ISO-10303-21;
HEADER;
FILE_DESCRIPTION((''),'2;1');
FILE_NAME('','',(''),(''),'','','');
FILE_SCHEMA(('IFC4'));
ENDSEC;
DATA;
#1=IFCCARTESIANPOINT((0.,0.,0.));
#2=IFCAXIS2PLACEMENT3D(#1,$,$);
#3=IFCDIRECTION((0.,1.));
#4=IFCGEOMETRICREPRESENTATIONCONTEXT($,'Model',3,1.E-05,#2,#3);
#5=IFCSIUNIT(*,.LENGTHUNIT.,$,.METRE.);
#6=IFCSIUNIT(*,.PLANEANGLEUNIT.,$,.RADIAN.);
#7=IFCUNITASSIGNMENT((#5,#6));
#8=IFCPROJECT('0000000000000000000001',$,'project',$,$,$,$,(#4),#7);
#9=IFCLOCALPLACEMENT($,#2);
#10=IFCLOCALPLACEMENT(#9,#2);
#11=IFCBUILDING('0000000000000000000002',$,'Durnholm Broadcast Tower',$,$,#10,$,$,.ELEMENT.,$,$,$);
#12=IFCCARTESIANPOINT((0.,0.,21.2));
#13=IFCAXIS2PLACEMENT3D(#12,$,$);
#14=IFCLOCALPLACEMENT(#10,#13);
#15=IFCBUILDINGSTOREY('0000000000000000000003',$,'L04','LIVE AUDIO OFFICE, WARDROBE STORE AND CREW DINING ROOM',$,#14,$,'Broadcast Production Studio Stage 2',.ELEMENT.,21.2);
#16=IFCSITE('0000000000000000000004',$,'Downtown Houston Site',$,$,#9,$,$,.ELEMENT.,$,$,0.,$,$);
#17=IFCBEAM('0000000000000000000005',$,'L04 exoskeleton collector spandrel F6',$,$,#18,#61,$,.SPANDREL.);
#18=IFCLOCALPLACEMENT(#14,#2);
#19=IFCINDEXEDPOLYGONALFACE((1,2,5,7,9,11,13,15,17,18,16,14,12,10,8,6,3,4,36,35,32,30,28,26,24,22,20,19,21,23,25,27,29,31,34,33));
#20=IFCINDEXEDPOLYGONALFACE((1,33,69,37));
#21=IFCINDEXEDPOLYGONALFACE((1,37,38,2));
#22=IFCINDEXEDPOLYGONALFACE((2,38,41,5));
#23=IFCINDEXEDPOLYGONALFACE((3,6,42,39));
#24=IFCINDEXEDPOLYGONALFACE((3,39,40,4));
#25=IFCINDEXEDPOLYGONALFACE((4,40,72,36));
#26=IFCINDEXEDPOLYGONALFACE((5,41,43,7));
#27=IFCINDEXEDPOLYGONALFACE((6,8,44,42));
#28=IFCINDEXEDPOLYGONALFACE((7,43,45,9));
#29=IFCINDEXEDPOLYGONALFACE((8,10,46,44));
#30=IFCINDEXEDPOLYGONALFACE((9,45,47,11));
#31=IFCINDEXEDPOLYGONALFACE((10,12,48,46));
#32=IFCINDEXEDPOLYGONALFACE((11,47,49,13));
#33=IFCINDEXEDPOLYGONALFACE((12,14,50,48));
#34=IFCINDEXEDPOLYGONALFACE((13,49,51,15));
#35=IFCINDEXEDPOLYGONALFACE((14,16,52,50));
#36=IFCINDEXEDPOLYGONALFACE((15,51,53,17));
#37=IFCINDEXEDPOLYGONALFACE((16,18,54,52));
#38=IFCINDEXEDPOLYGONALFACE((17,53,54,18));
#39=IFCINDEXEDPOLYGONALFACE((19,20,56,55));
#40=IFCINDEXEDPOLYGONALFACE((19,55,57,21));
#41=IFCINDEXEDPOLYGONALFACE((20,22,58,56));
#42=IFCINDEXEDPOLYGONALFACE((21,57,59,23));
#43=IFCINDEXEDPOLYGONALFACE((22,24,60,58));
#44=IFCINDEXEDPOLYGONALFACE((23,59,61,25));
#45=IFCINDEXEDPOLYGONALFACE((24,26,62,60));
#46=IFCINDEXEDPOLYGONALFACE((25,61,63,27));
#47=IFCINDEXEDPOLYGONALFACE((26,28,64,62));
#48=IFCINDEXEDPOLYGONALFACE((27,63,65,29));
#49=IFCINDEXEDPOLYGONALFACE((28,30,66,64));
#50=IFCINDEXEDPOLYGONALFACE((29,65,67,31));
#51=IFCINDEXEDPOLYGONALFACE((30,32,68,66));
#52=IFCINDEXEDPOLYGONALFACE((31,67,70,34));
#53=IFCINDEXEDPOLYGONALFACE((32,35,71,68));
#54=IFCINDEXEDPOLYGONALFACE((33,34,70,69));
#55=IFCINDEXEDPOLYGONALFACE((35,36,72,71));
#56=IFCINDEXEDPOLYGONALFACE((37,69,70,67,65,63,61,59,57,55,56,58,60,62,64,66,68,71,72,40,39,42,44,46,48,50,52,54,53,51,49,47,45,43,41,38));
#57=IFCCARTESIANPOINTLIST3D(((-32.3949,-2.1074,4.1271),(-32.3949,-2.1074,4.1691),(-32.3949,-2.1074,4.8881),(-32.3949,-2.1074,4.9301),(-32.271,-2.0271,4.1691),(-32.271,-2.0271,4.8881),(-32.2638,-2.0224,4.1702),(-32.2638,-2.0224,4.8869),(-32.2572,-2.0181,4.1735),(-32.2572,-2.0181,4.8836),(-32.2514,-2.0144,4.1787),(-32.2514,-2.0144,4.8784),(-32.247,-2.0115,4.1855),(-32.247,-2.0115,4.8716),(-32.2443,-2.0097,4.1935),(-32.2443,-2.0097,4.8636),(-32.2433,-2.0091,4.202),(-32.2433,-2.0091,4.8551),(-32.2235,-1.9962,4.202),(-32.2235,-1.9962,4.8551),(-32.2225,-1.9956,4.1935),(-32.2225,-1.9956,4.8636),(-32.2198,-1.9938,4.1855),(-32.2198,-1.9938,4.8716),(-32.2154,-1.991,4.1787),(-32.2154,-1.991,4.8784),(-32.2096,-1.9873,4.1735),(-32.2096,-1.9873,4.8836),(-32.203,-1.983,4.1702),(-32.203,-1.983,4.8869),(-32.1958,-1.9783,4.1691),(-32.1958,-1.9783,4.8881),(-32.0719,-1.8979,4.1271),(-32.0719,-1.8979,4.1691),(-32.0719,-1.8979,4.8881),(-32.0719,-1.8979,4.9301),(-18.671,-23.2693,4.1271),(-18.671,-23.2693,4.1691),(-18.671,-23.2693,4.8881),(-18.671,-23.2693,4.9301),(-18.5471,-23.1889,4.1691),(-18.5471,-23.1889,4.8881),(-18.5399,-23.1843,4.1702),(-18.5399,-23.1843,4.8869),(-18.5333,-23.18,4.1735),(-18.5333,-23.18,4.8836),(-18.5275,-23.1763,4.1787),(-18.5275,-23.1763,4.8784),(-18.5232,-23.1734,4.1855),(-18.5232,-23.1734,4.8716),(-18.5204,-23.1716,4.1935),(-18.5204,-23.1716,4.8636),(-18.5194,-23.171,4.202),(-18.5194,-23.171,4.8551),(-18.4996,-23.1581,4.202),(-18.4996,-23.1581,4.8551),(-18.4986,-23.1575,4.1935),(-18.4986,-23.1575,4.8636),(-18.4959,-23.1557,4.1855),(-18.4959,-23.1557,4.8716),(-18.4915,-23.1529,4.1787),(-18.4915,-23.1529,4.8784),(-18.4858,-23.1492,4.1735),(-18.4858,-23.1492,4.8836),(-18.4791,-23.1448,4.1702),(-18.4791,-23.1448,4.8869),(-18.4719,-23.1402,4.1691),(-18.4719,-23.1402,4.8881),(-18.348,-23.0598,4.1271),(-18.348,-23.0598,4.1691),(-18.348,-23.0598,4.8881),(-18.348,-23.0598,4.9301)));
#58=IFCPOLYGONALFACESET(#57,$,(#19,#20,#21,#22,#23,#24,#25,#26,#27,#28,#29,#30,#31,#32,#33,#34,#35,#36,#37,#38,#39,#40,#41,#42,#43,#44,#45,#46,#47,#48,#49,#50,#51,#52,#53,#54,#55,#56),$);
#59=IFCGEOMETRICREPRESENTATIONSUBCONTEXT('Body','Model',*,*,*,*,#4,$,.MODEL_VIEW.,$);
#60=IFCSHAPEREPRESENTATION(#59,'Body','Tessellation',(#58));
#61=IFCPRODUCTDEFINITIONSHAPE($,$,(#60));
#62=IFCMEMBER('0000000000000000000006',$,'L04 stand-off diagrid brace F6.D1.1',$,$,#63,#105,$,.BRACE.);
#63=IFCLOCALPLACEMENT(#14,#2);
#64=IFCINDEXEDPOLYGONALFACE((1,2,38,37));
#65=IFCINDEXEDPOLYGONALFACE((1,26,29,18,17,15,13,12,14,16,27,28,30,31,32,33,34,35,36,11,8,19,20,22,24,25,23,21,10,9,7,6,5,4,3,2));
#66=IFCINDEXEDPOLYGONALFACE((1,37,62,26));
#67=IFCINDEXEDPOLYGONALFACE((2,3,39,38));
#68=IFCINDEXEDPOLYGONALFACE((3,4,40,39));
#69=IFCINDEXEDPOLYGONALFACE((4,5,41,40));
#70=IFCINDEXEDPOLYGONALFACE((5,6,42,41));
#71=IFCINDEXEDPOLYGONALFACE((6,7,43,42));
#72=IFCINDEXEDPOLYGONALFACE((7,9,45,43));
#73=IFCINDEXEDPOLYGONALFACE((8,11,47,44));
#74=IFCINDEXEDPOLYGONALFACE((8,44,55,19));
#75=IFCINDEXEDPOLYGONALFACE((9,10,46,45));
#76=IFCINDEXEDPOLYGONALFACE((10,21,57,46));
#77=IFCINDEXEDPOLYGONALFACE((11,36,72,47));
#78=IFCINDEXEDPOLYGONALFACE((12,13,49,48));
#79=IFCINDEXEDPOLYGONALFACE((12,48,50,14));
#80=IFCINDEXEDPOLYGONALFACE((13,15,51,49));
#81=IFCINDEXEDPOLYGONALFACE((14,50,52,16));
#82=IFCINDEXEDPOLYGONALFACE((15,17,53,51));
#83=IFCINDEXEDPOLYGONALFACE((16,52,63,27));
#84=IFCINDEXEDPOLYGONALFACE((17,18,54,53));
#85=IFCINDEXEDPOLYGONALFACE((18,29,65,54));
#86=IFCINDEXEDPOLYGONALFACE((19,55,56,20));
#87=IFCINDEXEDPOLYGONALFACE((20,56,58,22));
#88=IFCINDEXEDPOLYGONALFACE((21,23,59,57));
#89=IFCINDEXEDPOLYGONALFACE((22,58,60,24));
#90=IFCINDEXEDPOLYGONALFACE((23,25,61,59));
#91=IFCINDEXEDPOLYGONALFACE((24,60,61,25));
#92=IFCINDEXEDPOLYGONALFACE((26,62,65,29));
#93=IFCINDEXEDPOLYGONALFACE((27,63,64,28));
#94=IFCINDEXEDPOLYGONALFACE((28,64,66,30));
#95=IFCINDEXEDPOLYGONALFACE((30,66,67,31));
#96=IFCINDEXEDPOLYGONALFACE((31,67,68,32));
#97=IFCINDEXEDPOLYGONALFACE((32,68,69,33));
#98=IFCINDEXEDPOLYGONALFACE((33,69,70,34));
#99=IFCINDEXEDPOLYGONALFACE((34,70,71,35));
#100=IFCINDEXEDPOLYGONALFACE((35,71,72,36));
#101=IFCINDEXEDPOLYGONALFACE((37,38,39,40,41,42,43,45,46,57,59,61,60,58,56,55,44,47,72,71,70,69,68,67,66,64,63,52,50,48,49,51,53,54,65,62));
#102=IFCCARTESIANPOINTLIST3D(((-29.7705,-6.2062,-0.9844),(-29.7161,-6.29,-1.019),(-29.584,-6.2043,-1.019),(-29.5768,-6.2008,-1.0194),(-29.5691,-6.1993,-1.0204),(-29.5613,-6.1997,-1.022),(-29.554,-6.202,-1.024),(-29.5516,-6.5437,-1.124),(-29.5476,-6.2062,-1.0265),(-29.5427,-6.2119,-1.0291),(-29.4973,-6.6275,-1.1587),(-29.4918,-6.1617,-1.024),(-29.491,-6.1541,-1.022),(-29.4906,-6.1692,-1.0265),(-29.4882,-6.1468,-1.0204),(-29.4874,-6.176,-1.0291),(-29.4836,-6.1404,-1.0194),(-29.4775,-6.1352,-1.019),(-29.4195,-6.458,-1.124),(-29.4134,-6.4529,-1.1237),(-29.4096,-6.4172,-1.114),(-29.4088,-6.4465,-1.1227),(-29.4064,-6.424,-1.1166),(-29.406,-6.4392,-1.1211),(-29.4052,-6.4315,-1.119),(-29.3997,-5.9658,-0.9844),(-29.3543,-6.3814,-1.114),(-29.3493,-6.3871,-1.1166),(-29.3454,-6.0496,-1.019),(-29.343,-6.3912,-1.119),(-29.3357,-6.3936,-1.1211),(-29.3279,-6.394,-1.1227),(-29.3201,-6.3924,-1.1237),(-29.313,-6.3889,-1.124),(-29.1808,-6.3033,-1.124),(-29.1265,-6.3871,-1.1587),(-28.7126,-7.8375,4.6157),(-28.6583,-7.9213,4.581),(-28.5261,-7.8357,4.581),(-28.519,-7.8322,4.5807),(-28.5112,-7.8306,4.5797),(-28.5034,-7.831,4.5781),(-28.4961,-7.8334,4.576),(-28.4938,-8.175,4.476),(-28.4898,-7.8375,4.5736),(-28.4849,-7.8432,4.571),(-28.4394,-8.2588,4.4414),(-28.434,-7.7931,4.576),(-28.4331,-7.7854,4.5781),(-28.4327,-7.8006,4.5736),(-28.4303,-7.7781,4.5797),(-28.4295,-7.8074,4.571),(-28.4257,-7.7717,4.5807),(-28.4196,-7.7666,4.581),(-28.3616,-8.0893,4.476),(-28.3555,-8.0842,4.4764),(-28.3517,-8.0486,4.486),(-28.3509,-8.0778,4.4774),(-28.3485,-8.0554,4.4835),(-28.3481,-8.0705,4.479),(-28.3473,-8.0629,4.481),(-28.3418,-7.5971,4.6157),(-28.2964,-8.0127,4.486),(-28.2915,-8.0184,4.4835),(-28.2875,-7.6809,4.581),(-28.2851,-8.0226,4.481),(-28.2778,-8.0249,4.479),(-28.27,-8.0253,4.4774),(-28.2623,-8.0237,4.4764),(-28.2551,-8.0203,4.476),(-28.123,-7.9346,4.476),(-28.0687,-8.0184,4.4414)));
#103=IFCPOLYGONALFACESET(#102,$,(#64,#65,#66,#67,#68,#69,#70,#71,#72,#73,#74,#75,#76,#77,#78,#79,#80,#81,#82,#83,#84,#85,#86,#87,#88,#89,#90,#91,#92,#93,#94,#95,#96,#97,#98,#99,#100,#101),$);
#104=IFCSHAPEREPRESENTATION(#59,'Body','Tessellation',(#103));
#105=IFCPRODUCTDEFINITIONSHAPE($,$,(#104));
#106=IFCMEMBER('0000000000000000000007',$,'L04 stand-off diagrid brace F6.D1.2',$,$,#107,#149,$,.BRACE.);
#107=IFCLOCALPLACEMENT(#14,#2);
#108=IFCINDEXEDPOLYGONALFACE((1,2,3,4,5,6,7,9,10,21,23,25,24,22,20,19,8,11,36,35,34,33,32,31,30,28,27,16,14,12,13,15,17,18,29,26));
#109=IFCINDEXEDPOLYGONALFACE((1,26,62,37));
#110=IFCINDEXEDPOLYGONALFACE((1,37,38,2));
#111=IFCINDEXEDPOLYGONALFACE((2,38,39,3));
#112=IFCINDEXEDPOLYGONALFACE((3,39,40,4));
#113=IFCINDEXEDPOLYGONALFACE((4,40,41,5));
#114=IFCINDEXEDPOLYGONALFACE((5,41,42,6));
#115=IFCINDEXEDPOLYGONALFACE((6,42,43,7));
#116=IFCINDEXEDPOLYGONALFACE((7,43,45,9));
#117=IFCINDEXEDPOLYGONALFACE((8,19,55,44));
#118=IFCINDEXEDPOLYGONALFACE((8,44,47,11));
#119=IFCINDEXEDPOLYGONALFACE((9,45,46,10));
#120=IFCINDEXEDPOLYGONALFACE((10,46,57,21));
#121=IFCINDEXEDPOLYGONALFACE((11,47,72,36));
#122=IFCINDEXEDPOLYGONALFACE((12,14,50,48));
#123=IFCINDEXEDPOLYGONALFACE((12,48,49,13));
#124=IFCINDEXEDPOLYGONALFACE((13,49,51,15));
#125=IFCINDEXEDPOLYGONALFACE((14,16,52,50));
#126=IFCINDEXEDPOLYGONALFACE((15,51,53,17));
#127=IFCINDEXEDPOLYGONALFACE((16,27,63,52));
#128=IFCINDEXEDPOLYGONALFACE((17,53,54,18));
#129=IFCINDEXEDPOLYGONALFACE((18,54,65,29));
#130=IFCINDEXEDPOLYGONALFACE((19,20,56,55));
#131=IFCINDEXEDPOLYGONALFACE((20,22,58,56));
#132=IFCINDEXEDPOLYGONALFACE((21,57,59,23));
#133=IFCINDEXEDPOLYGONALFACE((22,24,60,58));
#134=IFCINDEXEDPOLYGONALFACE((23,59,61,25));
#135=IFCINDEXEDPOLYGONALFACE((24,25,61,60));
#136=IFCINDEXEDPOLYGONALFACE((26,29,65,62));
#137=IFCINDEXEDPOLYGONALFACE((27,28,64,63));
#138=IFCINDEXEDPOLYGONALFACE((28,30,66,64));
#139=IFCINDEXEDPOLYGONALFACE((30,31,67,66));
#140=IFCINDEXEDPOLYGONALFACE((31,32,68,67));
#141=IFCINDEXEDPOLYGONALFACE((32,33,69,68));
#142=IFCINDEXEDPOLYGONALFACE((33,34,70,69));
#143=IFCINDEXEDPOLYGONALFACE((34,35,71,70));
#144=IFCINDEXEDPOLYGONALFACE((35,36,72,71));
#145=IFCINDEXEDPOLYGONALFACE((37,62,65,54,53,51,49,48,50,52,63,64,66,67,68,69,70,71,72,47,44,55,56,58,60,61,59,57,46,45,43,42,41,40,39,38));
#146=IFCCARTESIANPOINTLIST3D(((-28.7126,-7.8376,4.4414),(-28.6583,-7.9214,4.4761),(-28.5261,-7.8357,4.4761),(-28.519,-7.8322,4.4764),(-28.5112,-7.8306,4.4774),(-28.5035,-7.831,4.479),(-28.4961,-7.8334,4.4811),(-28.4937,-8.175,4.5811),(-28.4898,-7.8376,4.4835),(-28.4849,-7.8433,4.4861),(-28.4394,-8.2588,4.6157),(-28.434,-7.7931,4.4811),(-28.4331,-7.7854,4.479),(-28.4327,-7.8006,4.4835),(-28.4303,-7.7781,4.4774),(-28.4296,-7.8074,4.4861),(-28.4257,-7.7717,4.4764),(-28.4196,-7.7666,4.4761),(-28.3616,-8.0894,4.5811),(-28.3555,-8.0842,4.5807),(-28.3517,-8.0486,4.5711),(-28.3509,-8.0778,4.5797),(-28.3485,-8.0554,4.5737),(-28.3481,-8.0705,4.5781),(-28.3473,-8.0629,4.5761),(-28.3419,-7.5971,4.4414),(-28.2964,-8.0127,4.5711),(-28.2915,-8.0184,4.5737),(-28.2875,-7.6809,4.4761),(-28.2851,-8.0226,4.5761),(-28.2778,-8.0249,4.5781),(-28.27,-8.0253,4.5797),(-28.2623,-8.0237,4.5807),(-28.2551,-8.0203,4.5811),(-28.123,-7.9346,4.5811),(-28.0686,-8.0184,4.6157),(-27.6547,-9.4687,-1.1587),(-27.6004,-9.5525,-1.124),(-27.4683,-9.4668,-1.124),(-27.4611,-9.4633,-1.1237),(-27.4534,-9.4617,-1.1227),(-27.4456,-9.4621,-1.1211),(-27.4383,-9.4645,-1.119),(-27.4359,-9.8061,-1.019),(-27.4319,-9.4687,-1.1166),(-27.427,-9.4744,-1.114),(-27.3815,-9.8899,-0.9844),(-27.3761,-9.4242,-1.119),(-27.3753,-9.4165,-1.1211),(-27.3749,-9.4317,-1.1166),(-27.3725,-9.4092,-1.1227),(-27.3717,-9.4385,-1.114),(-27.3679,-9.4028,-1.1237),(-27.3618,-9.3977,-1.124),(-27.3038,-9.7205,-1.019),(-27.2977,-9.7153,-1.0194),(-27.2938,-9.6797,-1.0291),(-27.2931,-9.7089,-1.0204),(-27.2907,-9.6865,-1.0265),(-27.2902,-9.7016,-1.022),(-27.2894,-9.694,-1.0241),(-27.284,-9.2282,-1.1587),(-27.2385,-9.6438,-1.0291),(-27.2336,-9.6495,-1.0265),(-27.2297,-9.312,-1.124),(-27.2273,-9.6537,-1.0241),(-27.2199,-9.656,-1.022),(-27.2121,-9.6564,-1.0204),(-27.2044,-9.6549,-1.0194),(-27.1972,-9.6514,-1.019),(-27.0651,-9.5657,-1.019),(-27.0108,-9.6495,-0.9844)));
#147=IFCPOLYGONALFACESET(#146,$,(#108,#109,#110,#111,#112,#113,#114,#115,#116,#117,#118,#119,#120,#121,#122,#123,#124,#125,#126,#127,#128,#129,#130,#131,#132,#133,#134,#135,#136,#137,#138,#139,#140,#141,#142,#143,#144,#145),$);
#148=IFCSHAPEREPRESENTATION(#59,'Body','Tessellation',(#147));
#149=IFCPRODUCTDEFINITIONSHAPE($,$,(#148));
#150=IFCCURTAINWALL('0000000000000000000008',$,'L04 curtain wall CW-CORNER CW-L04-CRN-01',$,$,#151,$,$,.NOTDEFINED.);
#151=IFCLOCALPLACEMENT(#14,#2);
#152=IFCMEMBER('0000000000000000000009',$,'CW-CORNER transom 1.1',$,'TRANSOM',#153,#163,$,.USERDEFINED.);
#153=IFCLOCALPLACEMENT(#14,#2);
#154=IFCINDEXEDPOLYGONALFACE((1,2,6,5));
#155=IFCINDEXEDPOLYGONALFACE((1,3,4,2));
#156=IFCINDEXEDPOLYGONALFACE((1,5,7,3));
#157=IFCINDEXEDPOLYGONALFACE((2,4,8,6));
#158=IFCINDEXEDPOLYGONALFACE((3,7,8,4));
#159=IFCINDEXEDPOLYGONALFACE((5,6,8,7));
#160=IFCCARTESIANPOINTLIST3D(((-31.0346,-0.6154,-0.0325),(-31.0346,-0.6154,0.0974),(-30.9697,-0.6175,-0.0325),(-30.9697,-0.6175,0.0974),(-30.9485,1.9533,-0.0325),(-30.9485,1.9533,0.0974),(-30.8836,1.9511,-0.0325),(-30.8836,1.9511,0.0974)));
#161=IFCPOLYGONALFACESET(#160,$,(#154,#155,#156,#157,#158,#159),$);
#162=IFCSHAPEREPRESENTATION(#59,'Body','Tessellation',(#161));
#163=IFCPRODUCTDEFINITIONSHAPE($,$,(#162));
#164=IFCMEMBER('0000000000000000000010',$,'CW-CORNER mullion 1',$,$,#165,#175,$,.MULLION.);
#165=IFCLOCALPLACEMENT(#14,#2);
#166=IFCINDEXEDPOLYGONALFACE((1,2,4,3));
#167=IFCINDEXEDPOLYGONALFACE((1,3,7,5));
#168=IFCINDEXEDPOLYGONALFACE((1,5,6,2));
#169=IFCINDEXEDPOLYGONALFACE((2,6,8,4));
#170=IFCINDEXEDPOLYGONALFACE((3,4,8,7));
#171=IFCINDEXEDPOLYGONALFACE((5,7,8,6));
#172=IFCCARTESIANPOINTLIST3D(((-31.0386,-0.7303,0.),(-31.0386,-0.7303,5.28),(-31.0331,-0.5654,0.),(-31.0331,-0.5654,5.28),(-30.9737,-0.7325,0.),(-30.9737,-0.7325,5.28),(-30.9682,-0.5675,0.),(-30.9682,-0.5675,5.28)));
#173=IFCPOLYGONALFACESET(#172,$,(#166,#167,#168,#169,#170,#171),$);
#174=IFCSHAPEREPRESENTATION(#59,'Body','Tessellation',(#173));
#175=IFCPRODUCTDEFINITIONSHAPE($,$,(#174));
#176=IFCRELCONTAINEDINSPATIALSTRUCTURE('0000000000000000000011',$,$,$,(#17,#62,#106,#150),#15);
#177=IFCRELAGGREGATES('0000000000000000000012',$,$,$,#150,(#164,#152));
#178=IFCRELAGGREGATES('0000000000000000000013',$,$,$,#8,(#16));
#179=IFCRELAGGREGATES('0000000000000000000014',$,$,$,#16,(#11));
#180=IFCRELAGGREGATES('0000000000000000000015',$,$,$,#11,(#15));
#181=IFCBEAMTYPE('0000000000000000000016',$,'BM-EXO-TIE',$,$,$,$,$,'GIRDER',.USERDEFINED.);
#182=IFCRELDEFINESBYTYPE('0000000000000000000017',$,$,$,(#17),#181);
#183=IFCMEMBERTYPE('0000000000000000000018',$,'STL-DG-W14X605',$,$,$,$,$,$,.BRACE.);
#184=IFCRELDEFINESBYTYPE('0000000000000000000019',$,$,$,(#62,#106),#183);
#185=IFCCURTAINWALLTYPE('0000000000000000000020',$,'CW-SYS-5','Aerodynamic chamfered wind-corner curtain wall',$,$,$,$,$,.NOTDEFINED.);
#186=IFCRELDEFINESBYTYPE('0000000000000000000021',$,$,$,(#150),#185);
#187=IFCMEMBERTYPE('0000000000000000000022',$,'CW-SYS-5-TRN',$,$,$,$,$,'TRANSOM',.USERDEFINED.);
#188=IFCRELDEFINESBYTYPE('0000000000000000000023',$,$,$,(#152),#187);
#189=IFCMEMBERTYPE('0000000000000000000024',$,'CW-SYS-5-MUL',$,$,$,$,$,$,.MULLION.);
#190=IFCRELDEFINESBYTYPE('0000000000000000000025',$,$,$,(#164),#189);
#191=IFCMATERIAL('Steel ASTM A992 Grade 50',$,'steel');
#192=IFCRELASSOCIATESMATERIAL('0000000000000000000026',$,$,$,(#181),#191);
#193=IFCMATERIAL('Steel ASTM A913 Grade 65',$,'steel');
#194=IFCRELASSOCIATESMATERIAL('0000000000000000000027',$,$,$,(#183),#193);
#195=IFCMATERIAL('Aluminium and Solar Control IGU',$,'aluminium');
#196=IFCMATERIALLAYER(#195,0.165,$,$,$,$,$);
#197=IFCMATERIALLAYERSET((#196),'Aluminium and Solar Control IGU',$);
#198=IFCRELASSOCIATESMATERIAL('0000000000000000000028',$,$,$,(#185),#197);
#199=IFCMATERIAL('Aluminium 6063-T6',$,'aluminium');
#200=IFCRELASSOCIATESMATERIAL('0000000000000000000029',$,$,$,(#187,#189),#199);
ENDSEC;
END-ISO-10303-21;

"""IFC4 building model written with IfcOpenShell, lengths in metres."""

from ifc_helpers import new_model, si_unit, direction, frame, origin, origin_2d, place, context, subcontext, project, spatial, rectangle, i_section, extrude, source, transform, mapped, material, layer, layer_set, material_profile, profile_set, type_object, type_shapes, element, aggregate, save


model = new_model("IFC4")

# Units and contexts
model_context = context("Model", 3, precision=1e-05, world=origin(), true_north=direction((0.0, 1.0)))
body_context = subcontext(model_context, "Body", "Model", "MODEL_VIEW")
ifc_project = project(units=[si_unit("LENGTHUNIT", "METRE"), si_unit("PLANEANGLEUNIT", "RADIAN")], contexts=[model_context])

# Site, building, storey
site_placement = place(None, origin())
site = spatial("IfcSite", under=ifc_project, at=site_placement, Name="Downtown Houston Site", CompositionType="ELEMENT", RefElevation=0.0)
building_placement = place(site_placement, origin())
building = spatial("IfcBuilding", under=site, at=building_placement, Name="Durnholm Broadcast Tower", CompositionType="ELEMENT")
storey_placement = place(building_placement, frame((0.0, 0.0, 21.2)))
storey = spatial("IfcBuildingStorey", under=building, at=storey_placement, Name="L04", Description="LIVE AUDIO OFFICE, WARDROBE STORE AND CREW DINING ROOM", LongName="Broadcast Production Studio Stage 2", CompositionType="ELEMENT", Elevation=21.2)

# Beam
ifc_material_1 = material(Name="Steel ASTM A992 Grade 50", Category="steel")
ifc_material_profile_1 = material_profile(ifc_material_1, i_section(OverallWidth=0.385, OverallDepth=0.803, WebThickness=0.0237, FlangeThickness=0.042, FilletRadius=0.033, at=origin_2d()), Name="W30X261")
ifc_profile_set_1 = profile_set([ifc_material_profile_1], Name="Steel ASTM A992 Grade 50")
beam_type = type_object("IfcBeamType", Name="BM-EXO-TIE", ElementType="GIRDER", PredefinedType="USERDEFINED", material=ifc_profile_set_1)
shared_shape_1 = source(origin(), body_context, "Body", "SweptSolid", [
    extrude(i_section(OverallWidth=0.385, OverallDepth=0.803, WebThickness=0.0237, FlangeThickness=0.042, FilletRadius=0.033, at=origin_2d()), origin(), (0.0, 0.0, 1.0), 25.2224),
])
type_shapes(beam_type, [shared_shape_1])
beam_placement = place(storey_placement, frame((-32.2334, -2.0027, 4.5286), z_axis=(0.544115, -0.839011, 0.0), x_axis=(0.839011, 0.544115, 0.0)))
element("IfcBeam", 1, at=beam_placement, inside=storey, type_object=beam_type, Name="L04 exoskeleton collector spandrel F6", PredefinedType="SPANDREL", context=body_context, shape_type="MappedRepresentation", body=[
    mapped(shared_shape_1, transform((0.0, 0.0, 0.0), x_axis=(1.0, 0.0, 0.0), y_axis=(0.0, 1.0, 0.0), z_axis=(0.0, 0.0, 1.0), scale=1.0)),
])

# Members
ifc_material_2 = material(Name="Steel ASTM A913 Grade 65", Category="steel")
ifc_material_profile_2 = material_profile(ifc_material_2, i_section(OverallWidth=0.4419, OverallDepth=0.5315, WebThickness=0.0659, FlangeThickness=0.1057, FilletRadius=0.0305, at=origin_2d()), Name="W14X605")
ifc_profile_set_2 = profile_set([ifc_material_profile_2], Name="Steel ASTM A913 Grade 65")
member_type_1 = type_object("IfcMemberType", Name="STL-DG-W14X605", PredefinedType="BRACE", material=ifc_profile_set_2)
shared_shape_2 = source(origin(), body_context, "Body", "SweptSolid", [
    extrude(i_section(OverallWidth=0.4419, OverallDepth=0.5315, WebThickness=0.0659, FlangeThickness=0.1057, FilletRadius=0.0305, at=origin_2d()), origin(), (0.0, 0.0, 1.0), 5.928),
])
type_shapes(member_type_1, [shared_shape_2])
for number, where, z_axis, x_axis, name in (
    (2, (-29.4485, -6.2966, -1.0715), (0.178451, -0.275193, 0.944682), (0.839034, 0.544079, 0.0), "L04 stand-off diagrid brace F6.D1.1"),
    (3, (-27.3328, -9.5591, -1.0715), (-0.178453, 0.275154, 0.944693), (-0.838997, -0.544136, 0.0), "L04 stand-off diagrid brace F6.D1.2"),
):
    element("IfcMember", number, at=place(storey_placement, frame(where, z_axis=z_axis, x_axis=x_axis)), inside=storey, type_object=member_type_1, Name=name, PredefinedType="BRACE", context=body_context, shape_type="MappedRepresentation", body=[
        mapped(shared_shape_2, transform((0.0, 0.0, 0.0), x_axis=(1.0, 0.0, 0.0), y_axis=(0.0, 1.0, 0.0), z_axis=(0.0, 0.0, 1.0), scale=1.0)),
    ])

# Curtain wall, members
ifc_material_3 = material(Name="Aluminium and Solar Control IGU", Category="aluminium")
ifc_layer_1 = layer(ifc_material_3, 0.165)
ifc_layer_set_1 = layer_set([ifc_layer_1], Name="Aluminium and Solar Control IGU")
curtain_wall_type_1 = type_object("IfcCurtainWallType", Name="CW-SYS-5", Description="Aerodynamic chamfered wind-corner curtain wall", PredefinedType="NOTDEFINED", material=ifc_layer_set_1)
curtain_wall_1_placement = place(storey_placement, origin())
curtain_wall_1 = element("IfcCurtainWall", 4, at=curtain_wall_1_placement, inside=storey, type_object=curtain_wall_type_1, Name="L04 curtain wall CW-CORNER CW-L04-CRN-01", PredefinedType="NOTDEFINED")
ifc_material_4 = material(Name="Aluminium 6063-T6", Category="aluminium")
ifc_material_profile_3 = material_profile(ifc_material_4, rectangle(XDim=0.0649, YDim=0.1299, at=origin_2d()), Name="CWT65X130")
ifc_profile_set_3 = profile_set([ifc_material_profile_3], Name="Aluminium 6063-T6")
member_type_2 = type_object("IfcMemberType", Name="CW-SYS-5-TRN", ElementType="TRANSOM", PredefinedType="USERDEFINED", material=ifc_profile_set_3)
shared_shape_3 = source(origin(), body_context, "Body", "SweptSolid", [
    extrude(rectangle(XDim=0.0649, YDim=0.1299, at=origin_2d()), origin(), (0.0, 0.0, 1.0), 2.5701),
])
type_shapes(member_type_2, [shared_shape_3])
member_1_placement = place(storey_placement, frame((-31.0022, -0.6165, 0.0325), z_axis=(0.033533, 0.999438, 0.0), x_axis=(-0.999438, 0.033533, 0.0)))
member_1 = element("IfcMember", 5, at=member_1_placement, type_object=member_type_2, Name="CW-CORNER transom 1.1", ObjectType="TRANSOM", PredefinedType="USERDEFINED", context=body_context, shape_type="MappedRepresentation", body=[
    mapped(shared_shape_3, transform((0.0, 0.0, 0.0), x_axis=(1.0, 0.0, 0.0), y_axis=(0.0, 1.0, 0.0), z_axis=(0.0, 0.0, 1.0), scale=1.0)),
])
ifc_material_profile_4 = material_profile(ifc_material_4, rectangle(XDim=0.0649, YDim=0.165, at=origin_2d()), Name="CWM65X165")
ifc_profile_set_4 = profile_set([ifc_material_profile_4], Name="Aluminium 6063-T6")
member_type_3 = type_object("IfcMemberType", Name="CW-SYS-5-MUL", PredefinedType="MULLION", material=ifc_profile_set_4)
shared_shape_4 = source(origin(), body_context, "Body", "SweptSolid", [
    extrude(rectangle(XDim=0.0649, YDim=0.165, at=origin_2d()), origin(), (0.0, 0.0, 1.0), 5.28),
])
type_shapes(member_type_3, [shared_shape_4])
member_2_placement = place(storey_placement, frame((-31.0034, -0.6489, 0.0), z_axis=(0.0, 0.0, 1.0), x_axis=(-0.999437, 0.033557, 0.0)))
member_2 = element("IfcMember", 6, at=member_2_placement, type_object=member_type_3, Name="CW-CORNER mullion 1", PredefinedType="MULLION", context=body_context, shape_type="MappedRepresentation", body=[
    mapped(shared_shape_4, transform((0.0, 0.0, 0.0), x_axis=(1.0, 0.0, 0.0), y_axis=(0.0, 1.0, 0.0), z_axis=(0.0, 0.0, 1.0), scale=1.0)),
])
aggregate(curtain_wall_1, [member_2, member_1])

save(model, "model.ifc")
